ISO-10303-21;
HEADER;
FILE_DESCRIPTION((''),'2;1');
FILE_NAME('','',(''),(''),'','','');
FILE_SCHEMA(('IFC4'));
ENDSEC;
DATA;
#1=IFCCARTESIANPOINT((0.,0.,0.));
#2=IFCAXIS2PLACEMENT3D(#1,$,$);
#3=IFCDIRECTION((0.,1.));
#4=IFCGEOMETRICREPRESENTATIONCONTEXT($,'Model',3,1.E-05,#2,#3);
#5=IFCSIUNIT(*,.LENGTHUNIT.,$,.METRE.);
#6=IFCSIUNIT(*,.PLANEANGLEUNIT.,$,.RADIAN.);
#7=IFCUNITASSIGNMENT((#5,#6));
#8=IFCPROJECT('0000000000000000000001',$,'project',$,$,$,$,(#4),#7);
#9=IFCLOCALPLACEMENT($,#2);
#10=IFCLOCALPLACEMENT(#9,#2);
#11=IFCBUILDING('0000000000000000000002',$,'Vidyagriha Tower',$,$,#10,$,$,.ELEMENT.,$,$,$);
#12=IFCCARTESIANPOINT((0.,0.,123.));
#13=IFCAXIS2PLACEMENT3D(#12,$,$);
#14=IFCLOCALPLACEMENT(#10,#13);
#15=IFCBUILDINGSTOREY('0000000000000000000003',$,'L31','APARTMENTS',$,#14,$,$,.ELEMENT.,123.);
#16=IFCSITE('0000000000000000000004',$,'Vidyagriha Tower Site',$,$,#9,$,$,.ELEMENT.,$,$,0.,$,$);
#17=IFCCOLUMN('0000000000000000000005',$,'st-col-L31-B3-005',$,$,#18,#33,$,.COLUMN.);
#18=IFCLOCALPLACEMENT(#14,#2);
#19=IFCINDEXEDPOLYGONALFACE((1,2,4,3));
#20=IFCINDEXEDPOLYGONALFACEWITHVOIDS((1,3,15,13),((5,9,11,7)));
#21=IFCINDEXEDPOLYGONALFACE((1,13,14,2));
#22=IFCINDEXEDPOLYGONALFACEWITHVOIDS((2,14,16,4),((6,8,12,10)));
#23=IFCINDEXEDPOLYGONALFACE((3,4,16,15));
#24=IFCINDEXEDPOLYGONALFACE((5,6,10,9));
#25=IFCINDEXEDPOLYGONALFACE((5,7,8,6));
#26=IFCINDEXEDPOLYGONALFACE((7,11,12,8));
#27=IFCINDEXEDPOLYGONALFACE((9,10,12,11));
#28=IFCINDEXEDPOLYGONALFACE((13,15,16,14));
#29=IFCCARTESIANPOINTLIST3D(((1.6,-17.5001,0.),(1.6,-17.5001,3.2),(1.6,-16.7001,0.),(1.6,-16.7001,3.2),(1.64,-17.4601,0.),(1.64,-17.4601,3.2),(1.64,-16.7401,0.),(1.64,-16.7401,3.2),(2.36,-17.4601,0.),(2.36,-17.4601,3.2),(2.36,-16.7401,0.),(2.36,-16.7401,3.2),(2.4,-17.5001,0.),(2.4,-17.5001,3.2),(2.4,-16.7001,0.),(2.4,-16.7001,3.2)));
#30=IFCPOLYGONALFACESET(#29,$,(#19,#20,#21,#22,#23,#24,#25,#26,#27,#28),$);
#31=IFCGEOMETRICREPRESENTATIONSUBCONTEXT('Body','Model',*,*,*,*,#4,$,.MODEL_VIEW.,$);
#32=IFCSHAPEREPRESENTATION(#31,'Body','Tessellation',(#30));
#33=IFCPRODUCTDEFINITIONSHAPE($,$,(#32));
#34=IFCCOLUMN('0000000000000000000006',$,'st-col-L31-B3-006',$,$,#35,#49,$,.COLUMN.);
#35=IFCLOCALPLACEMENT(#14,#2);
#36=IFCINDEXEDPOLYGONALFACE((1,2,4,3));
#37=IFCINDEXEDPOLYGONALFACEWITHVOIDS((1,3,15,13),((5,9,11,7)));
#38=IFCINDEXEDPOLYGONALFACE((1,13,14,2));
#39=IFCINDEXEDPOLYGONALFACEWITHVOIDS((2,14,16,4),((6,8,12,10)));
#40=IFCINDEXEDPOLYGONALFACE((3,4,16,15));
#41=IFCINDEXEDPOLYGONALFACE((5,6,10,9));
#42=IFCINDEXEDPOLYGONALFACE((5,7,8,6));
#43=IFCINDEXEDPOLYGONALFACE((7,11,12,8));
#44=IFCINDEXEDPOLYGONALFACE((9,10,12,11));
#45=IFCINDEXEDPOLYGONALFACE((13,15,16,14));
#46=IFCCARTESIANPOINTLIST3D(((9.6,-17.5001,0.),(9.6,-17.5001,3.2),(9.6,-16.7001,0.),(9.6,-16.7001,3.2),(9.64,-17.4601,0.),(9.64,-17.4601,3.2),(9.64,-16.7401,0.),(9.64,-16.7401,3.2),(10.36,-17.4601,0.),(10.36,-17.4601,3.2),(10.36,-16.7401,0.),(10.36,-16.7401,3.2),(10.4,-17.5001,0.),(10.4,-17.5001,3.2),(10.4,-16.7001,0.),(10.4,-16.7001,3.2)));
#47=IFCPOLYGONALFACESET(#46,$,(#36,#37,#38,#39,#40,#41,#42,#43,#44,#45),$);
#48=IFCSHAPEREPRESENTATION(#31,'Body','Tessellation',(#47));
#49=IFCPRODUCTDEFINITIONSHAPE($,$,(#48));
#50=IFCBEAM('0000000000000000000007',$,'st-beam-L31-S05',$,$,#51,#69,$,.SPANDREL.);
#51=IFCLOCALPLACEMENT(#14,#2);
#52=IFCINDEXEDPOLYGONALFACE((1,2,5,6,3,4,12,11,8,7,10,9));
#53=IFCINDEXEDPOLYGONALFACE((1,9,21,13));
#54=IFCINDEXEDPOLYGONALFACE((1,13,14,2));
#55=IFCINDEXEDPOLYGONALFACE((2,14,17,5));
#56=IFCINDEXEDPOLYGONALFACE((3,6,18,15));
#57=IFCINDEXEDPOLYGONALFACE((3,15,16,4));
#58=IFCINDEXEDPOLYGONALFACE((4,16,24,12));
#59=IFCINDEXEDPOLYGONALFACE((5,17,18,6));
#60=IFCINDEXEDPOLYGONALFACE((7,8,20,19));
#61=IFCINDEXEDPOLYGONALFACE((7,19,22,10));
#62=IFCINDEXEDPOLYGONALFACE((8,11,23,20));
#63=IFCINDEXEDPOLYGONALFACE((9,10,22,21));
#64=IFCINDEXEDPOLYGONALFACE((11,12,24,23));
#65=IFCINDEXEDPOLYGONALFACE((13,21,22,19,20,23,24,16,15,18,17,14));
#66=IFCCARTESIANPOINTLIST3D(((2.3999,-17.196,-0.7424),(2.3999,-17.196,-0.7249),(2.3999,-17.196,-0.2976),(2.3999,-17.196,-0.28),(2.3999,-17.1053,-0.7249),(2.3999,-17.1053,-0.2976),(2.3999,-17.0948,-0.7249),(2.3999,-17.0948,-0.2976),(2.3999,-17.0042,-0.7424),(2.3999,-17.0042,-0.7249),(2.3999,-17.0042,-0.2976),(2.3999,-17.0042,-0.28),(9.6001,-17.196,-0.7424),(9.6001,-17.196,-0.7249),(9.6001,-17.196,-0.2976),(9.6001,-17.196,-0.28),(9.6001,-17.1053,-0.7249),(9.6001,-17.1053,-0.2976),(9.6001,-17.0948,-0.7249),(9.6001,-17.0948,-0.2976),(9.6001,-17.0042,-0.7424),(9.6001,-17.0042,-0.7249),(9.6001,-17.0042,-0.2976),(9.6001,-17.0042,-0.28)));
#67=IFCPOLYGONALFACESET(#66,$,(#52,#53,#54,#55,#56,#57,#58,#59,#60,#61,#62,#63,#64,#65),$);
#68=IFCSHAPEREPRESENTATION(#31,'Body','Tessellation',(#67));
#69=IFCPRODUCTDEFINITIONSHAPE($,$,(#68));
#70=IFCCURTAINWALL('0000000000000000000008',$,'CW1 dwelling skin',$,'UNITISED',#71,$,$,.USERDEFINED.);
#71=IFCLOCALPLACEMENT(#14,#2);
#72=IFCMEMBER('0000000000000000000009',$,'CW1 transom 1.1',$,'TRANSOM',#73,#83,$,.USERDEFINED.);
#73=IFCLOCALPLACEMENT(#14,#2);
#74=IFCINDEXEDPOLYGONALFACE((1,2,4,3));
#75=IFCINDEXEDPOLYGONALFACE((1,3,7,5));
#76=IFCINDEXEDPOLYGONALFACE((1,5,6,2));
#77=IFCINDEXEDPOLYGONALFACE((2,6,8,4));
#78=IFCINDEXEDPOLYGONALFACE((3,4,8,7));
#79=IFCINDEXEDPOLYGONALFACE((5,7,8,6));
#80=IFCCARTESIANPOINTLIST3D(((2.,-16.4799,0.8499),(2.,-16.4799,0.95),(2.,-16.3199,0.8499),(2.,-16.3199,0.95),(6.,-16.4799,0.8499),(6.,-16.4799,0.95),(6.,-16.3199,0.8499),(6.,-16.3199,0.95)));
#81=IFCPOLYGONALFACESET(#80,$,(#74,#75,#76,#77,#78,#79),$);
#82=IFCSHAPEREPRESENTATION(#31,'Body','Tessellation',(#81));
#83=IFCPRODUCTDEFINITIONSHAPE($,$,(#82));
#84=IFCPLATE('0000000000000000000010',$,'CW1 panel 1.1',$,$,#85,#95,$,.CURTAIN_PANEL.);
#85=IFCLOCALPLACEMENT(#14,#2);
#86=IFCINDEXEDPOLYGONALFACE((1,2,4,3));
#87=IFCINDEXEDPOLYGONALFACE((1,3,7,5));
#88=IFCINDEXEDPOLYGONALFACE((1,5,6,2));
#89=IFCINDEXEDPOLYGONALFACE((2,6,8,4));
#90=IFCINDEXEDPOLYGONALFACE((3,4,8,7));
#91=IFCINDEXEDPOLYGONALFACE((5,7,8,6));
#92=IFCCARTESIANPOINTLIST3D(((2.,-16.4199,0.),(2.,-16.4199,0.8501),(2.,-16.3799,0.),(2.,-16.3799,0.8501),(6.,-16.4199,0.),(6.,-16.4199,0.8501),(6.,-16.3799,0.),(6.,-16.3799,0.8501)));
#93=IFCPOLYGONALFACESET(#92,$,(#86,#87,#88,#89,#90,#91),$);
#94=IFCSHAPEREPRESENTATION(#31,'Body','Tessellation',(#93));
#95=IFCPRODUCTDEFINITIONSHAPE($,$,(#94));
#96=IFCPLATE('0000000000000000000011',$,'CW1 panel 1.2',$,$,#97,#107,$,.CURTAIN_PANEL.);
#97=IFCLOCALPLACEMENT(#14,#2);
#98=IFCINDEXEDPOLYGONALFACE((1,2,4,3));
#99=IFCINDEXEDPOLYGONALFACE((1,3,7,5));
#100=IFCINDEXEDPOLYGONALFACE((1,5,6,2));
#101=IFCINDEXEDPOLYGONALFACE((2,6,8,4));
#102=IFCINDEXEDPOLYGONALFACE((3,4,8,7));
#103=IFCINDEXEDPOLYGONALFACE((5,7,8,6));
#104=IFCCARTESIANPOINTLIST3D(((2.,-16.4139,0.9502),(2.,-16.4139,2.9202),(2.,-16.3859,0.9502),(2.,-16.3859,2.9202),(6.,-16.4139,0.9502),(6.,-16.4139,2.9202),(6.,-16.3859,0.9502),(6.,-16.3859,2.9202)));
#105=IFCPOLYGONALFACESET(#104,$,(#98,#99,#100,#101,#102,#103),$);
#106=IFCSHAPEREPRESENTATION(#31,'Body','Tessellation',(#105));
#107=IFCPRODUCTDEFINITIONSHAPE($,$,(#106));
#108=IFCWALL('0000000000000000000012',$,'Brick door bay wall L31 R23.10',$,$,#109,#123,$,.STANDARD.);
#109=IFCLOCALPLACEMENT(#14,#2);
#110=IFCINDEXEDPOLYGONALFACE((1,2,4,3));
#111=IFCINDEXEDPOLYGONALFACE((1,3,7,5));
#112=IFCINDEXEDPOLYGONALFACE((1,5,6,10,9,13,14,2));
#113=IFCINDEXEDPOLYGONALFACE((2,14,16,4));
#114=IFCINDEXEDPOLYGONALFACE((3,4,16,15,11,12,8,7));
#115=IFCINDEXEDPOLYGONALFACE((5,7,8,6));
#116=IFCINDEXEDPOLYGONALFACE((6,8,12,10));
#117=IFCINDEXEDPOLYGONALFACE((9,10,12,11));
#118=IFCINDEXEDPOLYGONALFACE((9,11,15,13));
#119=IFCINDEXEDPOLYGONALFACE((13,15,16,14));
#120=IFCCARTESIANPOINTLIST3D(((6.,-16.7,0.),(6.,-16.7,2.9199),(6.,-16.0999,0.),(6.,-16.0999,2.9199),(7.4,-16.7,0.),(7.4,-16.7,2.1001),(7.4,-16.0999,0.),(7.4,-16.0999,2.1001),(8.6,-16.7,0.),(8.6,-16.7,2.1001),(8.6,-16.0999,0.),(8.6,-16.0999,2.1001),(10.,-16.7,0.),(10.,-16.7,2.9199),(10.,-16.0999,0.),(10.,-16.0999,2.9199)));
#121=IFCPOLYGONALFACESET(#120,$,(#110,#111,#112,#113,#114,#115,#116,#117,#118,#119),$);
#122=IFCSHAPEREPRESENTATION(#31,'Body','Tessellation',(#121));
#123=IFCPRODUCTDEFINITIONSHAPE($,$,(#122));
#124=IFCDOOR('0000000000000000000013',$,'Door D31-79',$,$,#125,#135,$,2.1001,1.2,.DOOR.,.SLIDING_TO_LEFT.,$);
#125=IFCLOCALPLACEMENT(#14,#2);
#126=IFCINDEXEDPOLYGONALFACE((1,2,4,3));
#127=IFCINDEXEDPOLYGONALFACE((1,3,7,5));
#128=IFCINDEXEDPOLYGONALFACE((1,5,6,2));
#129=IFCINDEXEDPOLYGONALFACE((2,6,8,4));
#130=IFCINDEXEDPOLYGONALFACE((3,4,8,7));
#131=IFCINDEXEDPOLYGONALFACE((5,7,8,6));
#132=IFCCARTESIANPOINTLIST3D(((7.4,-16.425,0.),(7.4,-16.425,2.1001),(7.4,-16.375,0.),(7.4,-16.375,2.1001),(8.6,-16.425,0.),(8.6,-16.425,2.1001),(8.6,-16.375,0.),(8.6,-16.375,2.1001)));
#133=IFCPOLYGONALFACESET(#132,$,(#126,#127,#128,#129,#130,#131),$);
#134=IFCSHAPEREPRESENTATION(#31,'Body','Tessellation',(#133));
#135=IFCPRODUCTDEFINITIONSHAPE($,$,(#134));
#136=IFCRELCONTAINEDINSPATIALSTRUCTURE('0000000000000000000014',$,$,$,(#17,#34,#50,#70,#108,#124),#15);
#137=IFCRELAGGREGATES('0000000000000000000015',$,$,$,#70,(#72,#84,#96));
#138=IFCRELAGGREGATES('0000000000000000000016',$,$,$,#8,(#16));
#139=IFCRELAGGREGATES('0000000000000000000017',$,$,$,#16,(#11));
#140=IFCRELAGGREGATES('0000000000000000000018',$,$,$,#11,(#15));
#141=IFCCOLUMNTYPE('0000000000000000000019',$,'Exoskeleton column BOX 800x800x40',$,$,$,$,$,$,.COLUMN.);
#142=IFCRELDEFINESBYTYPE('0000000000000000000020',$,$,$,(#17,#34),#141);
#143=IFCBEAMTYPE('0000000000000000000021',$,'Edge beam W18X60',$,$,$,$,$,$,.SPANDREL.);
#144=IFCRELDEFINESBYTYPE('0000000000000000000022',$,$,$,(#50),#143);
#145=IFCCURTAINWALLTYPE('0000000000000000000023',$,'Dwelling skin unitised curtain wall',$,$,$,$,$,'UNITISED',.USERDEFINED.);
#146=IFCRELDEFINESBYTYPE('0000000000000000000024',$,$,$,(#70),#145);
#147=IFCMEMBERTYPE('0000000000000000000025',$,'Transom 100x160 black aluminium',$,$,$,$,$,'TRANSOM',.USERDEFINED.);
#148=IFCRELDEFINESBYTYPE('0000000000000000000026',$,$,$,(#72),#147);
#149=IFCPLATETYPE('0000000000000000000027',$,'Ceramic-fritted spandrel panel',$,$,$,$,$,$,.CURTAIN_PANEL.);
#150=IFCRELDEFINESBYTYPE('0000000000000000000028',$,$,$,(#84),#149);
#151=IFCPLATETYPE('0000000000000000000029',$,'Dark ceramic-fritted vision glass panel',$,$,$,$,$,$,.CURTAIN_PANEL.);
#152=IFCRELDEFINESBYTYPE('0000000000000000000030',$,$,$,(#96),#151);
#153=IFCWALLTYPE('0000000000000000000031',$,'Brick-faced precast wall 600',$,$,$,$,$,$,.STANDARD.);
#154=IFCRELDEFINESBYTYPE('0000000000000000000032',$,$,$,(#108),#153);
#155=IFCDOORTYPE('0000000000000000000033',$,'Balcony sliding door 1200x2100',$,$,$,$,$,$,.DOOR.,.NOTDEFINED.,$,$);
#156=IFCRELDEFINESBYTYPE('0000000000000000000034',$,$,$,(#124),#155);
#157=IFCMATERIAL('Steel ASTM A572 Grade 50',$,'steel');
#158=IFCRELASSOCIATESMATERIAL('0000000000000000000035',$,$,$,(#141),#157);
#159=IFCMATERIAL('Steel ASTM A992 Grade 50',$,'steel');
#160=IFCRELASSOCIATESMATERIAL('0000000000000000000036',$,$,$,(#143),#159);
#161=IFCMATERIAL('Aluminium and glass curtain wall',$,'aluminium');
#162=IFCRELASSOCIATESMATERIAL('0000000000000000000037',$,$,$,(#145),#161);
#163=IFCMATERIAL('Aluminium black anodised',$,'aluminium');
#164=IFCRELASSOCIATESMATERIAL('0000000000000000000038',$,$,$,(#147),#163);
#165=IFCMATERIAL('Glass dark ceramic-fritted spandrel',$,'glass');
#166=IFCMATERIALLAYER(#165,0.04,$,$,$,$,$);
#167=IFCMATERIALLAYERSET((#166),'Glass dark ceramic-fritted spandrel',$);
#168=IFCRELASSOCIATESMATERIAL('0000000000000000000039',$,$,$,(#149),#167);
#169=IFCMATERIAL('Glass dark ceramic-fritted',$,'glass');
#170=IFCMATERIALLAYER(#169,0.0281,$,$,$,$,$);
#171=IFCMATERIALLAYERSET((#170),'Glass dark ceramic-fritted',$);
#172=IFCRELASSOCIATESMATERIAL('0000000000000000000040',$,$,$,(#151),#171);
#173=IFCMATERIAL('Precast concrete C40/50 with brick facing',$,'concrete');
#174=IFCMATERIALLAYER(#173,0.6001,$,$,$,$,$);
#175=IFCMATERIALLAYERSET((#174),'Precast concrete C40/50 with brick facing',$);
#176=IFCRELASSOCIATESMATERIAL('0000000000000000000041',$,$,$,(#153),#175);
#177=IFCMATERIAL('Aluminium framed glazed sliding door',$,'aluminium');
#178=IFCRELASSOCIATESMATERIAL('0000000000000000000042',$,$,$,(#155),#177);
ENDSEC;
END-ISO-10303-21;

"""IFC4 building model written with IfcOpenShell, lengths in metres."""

from ifc_helpers import new_model, si_unit, direction, frame, frame_2d, origin, origin_2d, place, context, subcontext, project, spatial, rectangle, hollow_rectangle, i_section, extrude, material, layer, layer_set, material_profile, profile_set, type_object, element, fill, aggregate, save


model = new_model("IFC4")

# Units and contexts
model_context = context("Model", 3, precision=1e-05, world=origin(), true_north=direction((0.0, 1.0)))
body_context = subcontext(model_context, "Body", "Model", "MODEL_VIEW")
ifc_project = project(units=[si_unit("LENGTHUNIT", "METRE"), si_unit("PLANEANGLEUNIT", "RADIAN")], contexts=[model_context])

# Site, building, storey
site_placement = place(None, origin())
site = spatial("IfcSite", under=ifc_project, at=site_placement, Name="Vidyagriha Tower Site", CompositionType="ELEMENT", RefElevation=0.0)
building_placement = place(site_placement, origin())
building = spatial("IfcBuilding", under=site, at=building_placement, Name="Vidyagriha Tower", CompositionType="ELEMENT")
storey_placement = place(building_placement, frame((0.0, 0.0, 123.0)))
storey = spatial("IfcBuildingStorey", under=building, at=storey_placement, Name="L31", Description="APARTMENTS", CompositionType="ELEMENT", Elevation=123.0)

# Columns
ifc_material_1 = material(Name="Steel ASTM A572 Grade 50", Category="steel")
ifc_material_profile_1 = material_profile(ifc_material_1, hollow_rectangle(XDim=0.8, YDim=0.8, WallThickness=0.04, at=origin_2d()), Name="BOX 800x800x40")
ifc_profile_set_1 = profile_set([ifc_material_profile_1], Name="Steel ASTM A572 Grade 50")
column_type = type_object("IfcColumnType", Name="Exoskeleton column BOX 800x800x40", PredefinedType="COLUMN", material=ifc_profile_set_1)
for number, where, name in (
    (1, (2.0, -17.1001, 0.0), "st-col-L31-B3-005"),
    (2, (10.0, -17.1001, 0.0), "st-col-L31-B3-006"),
):
    element("IfcColumn", number, at=place(storey_placement, frame(where)), inside=storey, type_object=column_type, Name=name, PredefinedType="COLUMN", context=body_context, shape_type="SweptSolid", body=[
        extrude(hollow_rectangle(XDim=0.8, YDim=0.8, WallThickness=0.04, at=origin_2d()), origin(), (0.0, 0.0, 1.0), 3.2),
    ])

# Beam
ifc_material_2 = material(Name="Steel ASTM A992 Grade 50", Category="steel")
ifc_material_profile_2 = material_profile(ifc_material_2, i_section(OverallWidth=0.1919, OverallDepth=0.4624, WebThickness=0.0105, FlangeThickness=0.0176, at=origin_2d()), Name="W18X60")
ifc_profile_set_2 = profile_set([ifc_material_profile_2], Name="Steel ASTM A992 Grade 50")
beam_type = type_object("IfcBeamType", Name="Edge beam W18X60", PredefinedType="SPANDREL", material=ifc_profile_set_2)
beam_placement = place(storey_placement, frame((2.3999, -17.1001, -0.5112), z_axis=(1.0, 0.0, 0.0), x_axis=(0.0, 1.0, 0.0)))
element("IfcBeam", 3, at=beam_placement, inside=storey, type_object=beam_type, Name="st-beam-L31-S05", PredefinedType="SPANDREL", context=body_context, shape_type="SweptSolid", body=[
    extrude(i_section(OverallWidth=0.1919, OverallDepth=0.4624, WebThickness=0.0105, FlangeThickness=0.0176, at=origin_2d()), origin(), (0.0, 0.0, 1.0), 7.2002),
])

# Curtain wall, member, plates
ifc_material_3 = material(Name="Aluminium and glass curtain wall", Category="aluminium")
curtain_wall_type = type_object("IfcCurtainWallType", Name="Dwelling skin unitised curtain wall", ElementType="UNITISED", PredefinedType="USERDEFINED", material=ifc_material_3)
curtain_wall_placement = place(storey_placement, origin())
curtain_wall = element("IfcCurtainWall", 4, at=curtain_wall_placement, inside=storey, type_object=curtain_wall_type, Name="CW1 dwelling skin", ObjectType="UNITISED", PredefinedType="USERDEFINED")
ifc_material_4 = material(Name="Aluminium black anodised", Category="aluminium")
ifc_material_profile_3 = material_profile(ifc_material_4, rectangle(XDim=0.1599, YDim=0.1001, at=origin_2d()), Name="Transom 100x160 black aluminium")
ifc_profile_set_3 = profile_set([ifc_material_profile_3], Name="Aluminium black anodised")
member_type = type_object("IfcMemberType", Name="Transom 100x160 black aluminium", ElementType="TRANSOM", PredefinedType="USERDEFINED", material=ifc_profile_set_3)
member_placement = place(storey_placement, frame((2.0, -16.3999, 0.8999), z_axis=(1.0, 0.0, 0.0), x_axis=(0.0, 1.0, 0.0)))
member = element("IfcMember", 5, at=member_placement, type_object=member_type, Name="CW1 transom 1.1", ObjectType="TRANSOM", PredefinedType="USERDEFINED", context=body_context, shape_type="SweptSolid", body=[
    extrude(rectangle(XDim=0.1599, YDim=0.1001, at=origin_2d()), origin(), (0.0, 0.0, 1.0), 4.0),
])
ifc_material_5 = material(Name="Glass dark ceramic-fritted spandrel", Category="glass")
ifc_layer_1 = layer(ifc_material_5, 0.04)
ifc_layer_set_1 = layer_set([ifc_layer_1], Name="Glass dark ceramic-fritted spandrel")
plate_type_1 = type_object("IfcPlateType", Name="Ceramic-fritted spandrel panel", PredefinedType="CURTAIN_PANEL", material=ifc_layer_set_1)
plate_1_placement = place(storey_placement, frame((4.0, -16.3999, 0.0)))
plate_1 = element("IfcPlate", 6, at=plate_1_placement, type_object=plate_type_1, Name="CW1 panel 1.1", PredefinedType="CURTAIN_PANEL", context=body_context, shape_type="SweptSolid", body=[
    extrude(rectangle(XDim=4.0, YDim=0.04, at=origin_2d()), origin(), (0.0, 0.0, 1.0), 0.8501),
])
ifc_material_6 = material(Name="Glass dark ceramic-fritted", Category="glass")
ifc_layer_2 = layer(ifc_material_6, 0.0281)
ifc_layer_set_2 = layer_set([ifc_layer_2], Name="Glass dark ceramic-fritted")
plate_type_2 = type_object("IfcPlateType", Name="Dark ceramic-fritted vision glass panel", PredefinedType="CURTAIN_PANEL", material=ifc_layer_set_2)
plate_2_placement = place(storey_placement, frame((4.0, -16.3999, 0.9502)))
plate_2 = element("IfcPlate", 7, at=plate_2_placement, type_object=plate_type_2, Name="CW1 panel 1.2", PredefinedType="CURTAIN_PANEL", context=body_context, shape_type="SweptSolid", body=[
    extrude(rectangle(XDim=4.0, YDim=0.0281, at=origin_2d()), origin(), (0.0, 0.0, 1.0), 1.97),
])
aggregate(curtain_wall, [member, plate_1, plate_2])

# Wall, opening, door
ifc_material_7 = material(Name="Precast concrete C40/50 with brick facing", Category="concrete")
ifc_layer_3 = layer(ifc_material_7, 0.6001)
ifc_layer_set_3 = layer_set([ifc_layer_3], Name="Precast concrete C40/50 with brick facing")
wall_type = type_object("IfcWallType", Name="Brick-faced precast wall 600", PredefinedType="STANDARD", material=ifc_layer_set_3)
wall_placement = place(storey_placement, frame((6.0, -16.3999, 0.0)))
wall = element("IfcWall", 8, at=wall_placement, inside=storey, type_object=wall_type, Name="Brick door bay wall L31 R23.10", PredefinedType="STANDARD", context=body_context, shape_type="SweptSolid", body=[
    extrude(rectangle(XDim=4.0, YDim=0.6001, at=frame_2d((2.0, 0.0))), origin(), (0.0, 0.0, 1.0), 2.9199),
])
opening_placement = place(wall_placement, frame((1.3999, 0.0, 0.0)))
opening = element("IfcOpeningElement", 9, at=opening_placement, cuts=wall, PredefinedType="OPENING", context=body_context, shape_type="SweptSolid", body=[
    extrude(rectangle(XDim=1.2, YDim=2.1001, at=frame_2d((0.6001, 1.05))), frame((0.0, 0.3101, 0.0), z_axis=(0.0, -1.0, 0.0), x_axis=(1.0, 0.0, 0.0)), (0.0, 0.0, 1.0), 0.6201),
])
ifc_material_8 = material(Name="Aluminium framed glazed sliding door", Category="aluminium")
door_type = type_object("IfcDoorType", Name="Balcony sliding door 1200x2100", OperationType="NOTDEFINED", PredefinedType="DOOR", material=ifc_material_8)
door_placement = place(opening_placement, origin())
door = element("IfcDoor", 10, at=door_placement, inside=storey, type_object=door_type, Name="Door D31-79", OperationType="SLIDING_TO_LEFT", OverallHeight=2.1001, OverallWidth=1.2, PredefinedType="DOOR", context=body_context, shape_type="SweptSolid", body=[
    extrude(rectangle(XDim=1.2, YDim=2.1001, at=frame_2d((0.6001, 1.05))), frame((0.0, 0.0249, 0.0), z_axis=(0.0, -1.0, 0.0), x_axis=(1.0, 0.0, 0.0)), (0.0, 0.0, 1.0), 0.05),
])
fill(opening, door)

save(model, "model.ifc")
